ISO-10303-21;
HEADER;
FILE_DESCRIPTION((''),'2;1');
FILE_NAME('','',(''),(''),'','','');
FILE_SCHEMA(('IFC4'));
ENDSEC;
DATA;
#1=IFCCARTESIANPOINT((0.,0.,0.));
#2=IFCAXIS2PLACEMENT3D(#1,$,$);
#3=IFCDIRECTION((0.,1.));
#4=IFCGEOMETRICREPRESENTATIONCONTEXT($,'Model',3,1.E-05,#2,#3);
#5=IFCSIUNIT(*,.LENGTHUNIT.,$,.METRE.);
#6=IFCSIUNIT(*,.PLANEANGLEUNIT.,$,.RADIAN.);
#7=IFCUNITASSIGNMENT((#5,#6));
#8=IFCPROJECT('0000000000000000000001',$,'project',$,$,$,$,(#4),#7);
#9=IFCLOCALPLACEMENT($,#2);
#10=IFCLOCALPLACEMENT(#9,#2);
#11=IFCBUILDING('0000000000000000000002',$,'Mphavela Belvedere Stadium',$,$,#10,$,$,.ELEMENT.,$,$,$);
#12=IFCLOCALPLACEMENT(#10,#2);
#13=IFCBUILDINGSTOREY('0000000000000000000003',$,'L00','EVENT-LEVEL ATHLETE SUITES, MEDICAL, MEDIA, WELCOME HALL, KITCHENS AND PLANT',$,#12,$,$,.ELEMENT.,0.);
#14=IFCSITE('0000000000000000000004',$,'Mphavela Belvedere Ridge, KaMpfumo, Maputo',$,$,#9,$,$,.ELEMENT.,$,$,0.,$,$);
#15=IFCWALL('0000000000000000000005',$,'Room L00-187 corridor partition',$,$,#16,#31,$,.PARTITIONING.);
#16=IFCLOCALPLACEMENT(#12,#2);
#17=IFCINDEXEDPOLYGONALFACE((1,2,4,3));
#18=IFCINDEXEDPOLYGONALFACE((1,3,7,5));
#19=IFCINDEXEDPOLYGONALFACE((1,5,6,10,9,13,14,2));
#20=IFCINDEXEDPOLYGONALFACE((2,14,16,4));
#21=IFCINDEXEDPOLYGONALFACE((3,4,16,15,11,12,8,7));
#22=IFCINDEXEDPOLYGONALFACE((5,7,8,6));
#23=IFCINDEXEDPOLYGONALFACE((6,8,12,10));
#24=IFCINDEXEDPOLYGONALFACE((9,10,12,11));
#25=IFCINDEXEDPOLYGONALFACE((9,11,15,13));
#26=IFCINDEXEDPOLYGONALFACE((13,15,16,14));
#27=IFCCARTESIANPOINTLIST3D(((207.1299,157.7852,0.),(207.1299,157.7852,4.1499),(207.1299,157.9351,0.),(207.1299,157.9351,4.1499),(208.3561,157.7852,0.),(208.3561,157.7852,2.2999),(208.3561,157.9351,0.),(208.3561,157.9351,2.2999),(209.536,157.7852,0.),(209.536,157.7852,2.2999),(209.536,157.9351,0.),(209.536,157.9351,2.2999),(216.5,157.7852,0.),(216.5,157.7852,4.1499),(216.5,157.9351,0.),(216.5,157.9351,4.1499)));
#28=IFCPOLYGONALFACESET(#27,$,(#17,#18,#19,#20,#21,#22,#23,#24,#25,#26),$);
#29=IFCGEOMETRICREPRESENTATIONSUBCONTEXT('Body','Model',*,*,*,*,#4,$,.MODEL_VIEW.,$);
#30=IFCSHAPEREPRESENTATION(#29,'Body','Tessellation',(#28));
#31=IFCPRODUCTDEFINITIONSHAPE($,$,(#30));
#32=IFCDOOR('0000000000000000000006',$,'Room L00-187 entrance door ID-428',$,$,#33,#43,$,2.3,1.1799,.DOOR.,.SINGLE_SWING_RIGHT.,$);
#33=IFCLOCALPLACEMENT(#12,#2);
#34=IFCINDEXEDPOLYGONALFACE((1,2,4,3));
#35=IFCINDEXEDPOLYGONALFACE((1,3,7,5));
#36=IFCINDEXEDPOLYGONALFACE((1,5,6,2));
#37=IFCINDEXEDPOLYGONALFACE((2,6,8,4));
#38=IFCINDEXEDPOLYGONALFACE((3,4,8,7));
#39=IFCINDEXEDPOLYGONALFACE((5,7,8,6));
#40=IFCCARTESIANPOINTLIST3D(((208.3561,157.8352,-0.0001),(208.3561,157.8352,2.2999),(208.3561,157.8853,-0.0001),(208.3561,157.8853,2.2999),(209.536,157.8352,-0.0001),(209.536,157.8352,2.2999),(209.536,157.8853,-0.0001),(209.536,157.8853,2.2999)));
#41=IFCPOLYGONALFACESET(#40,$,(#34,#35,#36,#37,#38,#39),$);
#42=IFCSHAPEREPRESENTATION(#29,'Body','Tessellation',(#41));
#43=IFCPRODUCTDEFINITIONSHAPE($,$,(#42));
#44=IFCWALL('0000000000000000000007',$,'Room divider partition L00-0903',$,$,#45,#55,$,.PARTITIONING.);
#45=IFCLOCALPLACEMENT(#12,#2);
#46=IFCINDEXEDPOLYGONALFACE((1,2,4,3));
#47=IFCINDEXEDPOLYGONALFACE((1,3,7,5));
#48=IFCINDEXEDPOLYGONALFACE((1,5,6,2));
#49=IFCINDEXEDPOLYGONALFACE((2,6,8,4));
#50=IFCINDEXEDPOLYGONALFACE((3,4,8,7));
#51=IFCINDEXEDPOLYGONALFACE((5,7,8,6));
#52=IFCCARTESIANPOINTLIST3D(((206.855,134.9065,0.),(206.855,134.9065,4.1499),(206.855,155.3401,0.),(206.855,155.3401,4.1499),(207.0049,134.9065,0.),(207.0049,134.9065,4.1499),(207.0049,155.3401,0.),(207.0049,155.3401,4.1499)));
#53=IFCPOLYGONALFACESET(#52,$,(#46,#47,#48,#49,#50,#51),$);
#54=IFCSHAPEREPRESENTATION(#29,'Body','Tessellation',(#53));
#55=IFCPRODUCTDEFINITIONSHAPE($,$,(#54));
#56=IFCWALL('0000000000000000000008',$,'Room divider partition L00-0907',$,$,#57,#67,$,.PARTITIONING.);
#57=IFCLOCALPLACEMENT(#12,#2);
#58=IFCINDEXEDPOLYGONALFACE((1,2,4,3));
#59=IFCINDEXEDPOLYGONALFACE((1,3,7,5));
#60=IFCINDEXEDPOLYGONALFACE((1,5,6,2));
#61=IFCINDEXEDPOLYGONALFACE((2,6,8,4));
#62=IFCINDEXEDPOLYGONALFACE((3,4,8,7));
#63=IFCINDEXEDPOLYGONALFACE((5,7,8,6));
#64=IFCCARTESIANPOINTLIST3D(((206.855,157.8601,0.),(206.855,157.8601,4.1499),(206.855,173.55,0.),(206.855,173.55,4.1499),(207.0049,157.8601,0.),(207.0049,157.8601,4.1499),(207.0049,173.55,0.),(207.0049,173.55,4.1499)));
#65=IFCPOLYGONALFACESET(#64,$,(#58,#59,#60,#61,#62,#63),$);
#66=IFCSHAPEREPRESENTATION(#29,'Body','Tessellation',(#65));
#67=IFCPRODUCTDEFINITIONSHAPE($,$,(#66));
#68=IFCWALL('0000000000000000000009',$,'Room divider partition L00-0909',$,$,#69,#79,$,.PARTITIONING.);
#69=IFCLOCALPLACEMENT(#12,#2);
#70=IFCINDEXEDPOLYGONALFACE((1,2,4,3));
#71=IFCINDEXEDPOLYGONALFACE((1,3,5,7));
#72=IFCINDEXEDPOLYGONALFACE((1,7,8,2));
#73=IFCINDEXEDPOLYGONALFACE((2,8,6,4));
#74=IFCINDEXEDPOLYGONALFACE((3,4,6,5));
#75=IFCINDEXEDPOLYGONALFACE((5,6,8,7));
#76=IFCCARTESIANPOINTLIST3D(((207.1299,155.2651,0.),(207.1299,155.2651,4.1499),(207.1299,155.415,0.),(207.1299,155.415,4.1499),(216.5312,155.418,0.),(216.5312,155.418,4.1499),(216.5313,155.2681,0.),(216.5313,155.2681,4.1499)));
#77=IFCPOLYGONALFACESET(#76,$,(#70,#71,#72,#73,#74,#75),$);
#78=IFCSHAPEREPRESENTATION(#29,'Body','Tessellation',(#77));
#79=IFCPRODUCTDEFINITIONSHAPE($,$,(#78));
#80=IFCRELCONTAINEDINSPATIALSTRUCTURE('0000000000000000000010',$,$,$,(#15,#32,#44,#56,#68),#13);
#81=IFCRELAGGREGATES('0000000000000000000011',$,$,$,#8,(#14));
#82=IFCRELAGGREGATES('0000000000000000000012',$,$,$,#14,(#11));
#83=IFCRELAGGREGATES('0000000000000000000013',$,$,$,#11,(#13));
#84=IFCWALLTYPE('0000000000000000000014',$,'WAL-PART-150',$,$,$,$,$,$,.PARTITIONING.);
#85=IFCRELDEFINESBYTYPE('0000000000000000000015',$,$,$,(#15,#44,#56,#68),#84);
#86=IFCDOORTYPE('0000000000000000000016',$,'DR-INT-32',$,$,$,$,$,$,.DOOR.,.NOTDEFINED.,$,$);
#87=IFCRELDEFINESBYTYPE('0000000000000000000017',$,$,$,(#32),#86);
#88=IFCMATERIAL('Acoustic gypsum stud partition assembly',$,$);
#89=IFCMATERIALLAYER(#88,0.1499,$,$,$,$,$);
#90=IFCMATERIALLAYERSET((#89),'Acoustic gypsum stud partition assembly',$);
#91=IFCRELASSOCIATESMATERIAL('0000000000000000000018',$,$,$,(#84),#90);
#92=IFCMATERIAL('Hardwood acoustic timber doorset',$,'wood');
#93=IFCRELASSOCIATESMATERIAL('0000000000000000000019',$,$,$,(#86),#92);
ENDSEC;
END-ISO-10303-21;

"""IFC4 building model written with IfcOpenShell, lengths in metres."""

from ifc_helpers import new_model, si_unit, direction, frame, frame_2d, origin, place, context, subcontext, project, spatial, rectangle, extrude, material, layer, layer_set, type_object, element, fill, save


model = new_model("IFC4")

# Units and contexts
model_context = context("Model", 3, precision=1e-05, world=origin(), true_north=direction((0.0, 1.0)))
body_context = subcontext(model_context, "Body", "Model", "MODEL_VIEW")
ifc_project = project(units=[si_unit("LENGTHUNIT", "METRE"), si_unit("PLANEANGLEUNIT", "RADIAN")], contexts=[model_context])

# Site, building, storey
site_placement = place(None, origin())
site = spatial("IfcSite", under=ifc_project, at=site_placement, Name="Mphavela Belvedere Ridge, KaMpfumo, Maputo", CompositionType="ELEMENT", RefElevation=0.0)
building_placement = place(site_placement, origin())
building = spatial("IfcBuilding", under=site, at=building_placement, Name="Mphavela Belvedere Stadium", CompositionType="ELEMENT")
storey_placement = place(building_placement, origin())
storey = spatial("IfcBuildingStorey", under=building, at=storey_placement, Name="L00", Description="EVENT-LEVEL ATHLETE SUITES, MEDICAL, MEDIA, WELCOME HALL, KITCHENS AND PLANT", CompositionType="ELEMENT", Elevation=0.0)

# Wall, opening, door
ifc_material_1 = material(Name="Acoustic gypsum stud partition assembly")
ifc_layer_1 = layer(ifc_material_1, 0.1499)
ifc_layer_set_1 = layer_set([ifc_layer_1], Name="Acoustic gypsum stud partition assembly")
wall_type_1 = type_object("IfcWallType", Name="WAL-PART-150", PredefinedType="PARTITIONING", material=ifc_layer_set_1)
wall_1_placement = place(storey_placement, frame((216.5, 157.8601, 0.0), z_axis=(0.0, 0.0, 1.0), x_axis=(-1.0, 0.0, 0.0)))
wall_1 = element("IfcWall", 1, at=wall_1_placement, inside=storey, type_object=wall_type_1, Name="Room L00-187 corridor partition", PredefinedType="PARTITIONING", context=body_context, shape_type="SweptSolid", body=[
    extrude(rectangle(XDim=9.3701, YDim=0.1499, at=frame_2d((4.6851, 0.0))), origin(), (0.0, 0.0, 1.0), 4.1499),
])
opening_1_placement = place(wall_1_placement, frame((6.9641, 0.0, 0.0)))
opening_1 = element("IfcOpeningElement", 2, at=opening_1_placement, cuts=wall_1, PredefinedType="OPENING", context=body_context, shape_type="SweptSolid", body=[
    extrude(rectangle(XDim=1.1799, YDim=2.3, at=frame_2d((0.5898, 1.1499))), frame((0.0, 0.085, 0.0), z_axis=(0.0, -1.0, 0.0), x_axis=(1.0, 0.0, 0.0)), (0.0, 0.0, 1.0), 0.1699),
])
ifc_material_2 = material(Name="Hardwood acoustic timber doorset", Category="wood")
door_type_1 = type_object("IfcDoorType", Name="DR-INT-32", OperationType="NOTDEFINED", PredefinedType="DOOR", material=ifc_material_2)
door_1_placement = place(opening_1_placement, origin())
door_1 = element("IfcDoor", 3, at=door_1_placement, inside=storey, type_object=door_type_1, Name="Room L00-187 entrance door ID-428", OperationType="SINGLE_SWING_RIGHT", OverallHeight=2.3, OverallWidth=1.1799, PredefinedType="DOOR", context=body_context, shape_type="SweptSolid", body=[
    extrude(rectangle(XDim=1.1799, YDim=2.3, at=frame_2d((0.5898, 1.1499))), frame((0.0, 0.0249, 0.0), z_axis=(0.0, -1.0, 0.0), x_axis=(1.0, 0.0, 0.0)), (0.0, 0.0, 1.0), 0.05),
])
fill(opening_1, door_1)

# Walls
wall_2_placement = place(storey_placement, frame((206.9299, 155.3401, 0.0), z_axis=(0.0, 0.0, 1.0), x_axis=(0.0, -1.0, 0.0)))
element("IfcWall", 4, at=wall_2_placement, inside=storey, type_object=wall_type_1, Name="Room divider partition L00-0903", PredefinedType="PARTITIONING", context=body_context, shape_type="SweptSolid", body=[
    extrude(rectangle(XDim=20.4336, YDim=0.1499, at=frame_2d((10.2168, 0.0))), origin(), (0.0, 0.0, 1.0), 4.1499),
])
wall_3_placement = place(storey_placement, frame((206.9299, 173.55, 0.0), z_axis=(0.0, 0.0, 1.0), x_axis=(0.0, -1.0, 0.0)))
element("IfcWall", 5, at=wall_3_placement, inside=storey, type_object=wall_type_1, Name="Room divider partition L00-0907", PredefinedType="PARTITIONING", context=body_context, shape_type="SweptSolid", body=[
    extrude(rectangle(XDim=15.6899, YDim=0.1499, at=frame_2d((7.845, 0.0))), origin(), (0.0, 0.0, 1.0), 4.1499),
])
wall_4_placement = place(storey_placement, frame((207.1299, 155.3401, 0.0), z_axis=(0.0, 0.0, 1.0), x_axis=(1.0, 0.000312, 0.0)))
element("IfcWall", 6, at=wall_4_placement, inside=storey, type_object=wall_type_1, Name="Room divider partition L00-0909", PredefinedType="PARTITIONING", context=body_context, shape_type="SweptSolid", body=[
    extrude(rectangle(XDim=9.4014, YDim=0.1499, at=frame_2d((4.7007, 0.0))), origin(), (0.0, 0.0, 1.0), 4.1499),
])

save(model, "model.ifc")
